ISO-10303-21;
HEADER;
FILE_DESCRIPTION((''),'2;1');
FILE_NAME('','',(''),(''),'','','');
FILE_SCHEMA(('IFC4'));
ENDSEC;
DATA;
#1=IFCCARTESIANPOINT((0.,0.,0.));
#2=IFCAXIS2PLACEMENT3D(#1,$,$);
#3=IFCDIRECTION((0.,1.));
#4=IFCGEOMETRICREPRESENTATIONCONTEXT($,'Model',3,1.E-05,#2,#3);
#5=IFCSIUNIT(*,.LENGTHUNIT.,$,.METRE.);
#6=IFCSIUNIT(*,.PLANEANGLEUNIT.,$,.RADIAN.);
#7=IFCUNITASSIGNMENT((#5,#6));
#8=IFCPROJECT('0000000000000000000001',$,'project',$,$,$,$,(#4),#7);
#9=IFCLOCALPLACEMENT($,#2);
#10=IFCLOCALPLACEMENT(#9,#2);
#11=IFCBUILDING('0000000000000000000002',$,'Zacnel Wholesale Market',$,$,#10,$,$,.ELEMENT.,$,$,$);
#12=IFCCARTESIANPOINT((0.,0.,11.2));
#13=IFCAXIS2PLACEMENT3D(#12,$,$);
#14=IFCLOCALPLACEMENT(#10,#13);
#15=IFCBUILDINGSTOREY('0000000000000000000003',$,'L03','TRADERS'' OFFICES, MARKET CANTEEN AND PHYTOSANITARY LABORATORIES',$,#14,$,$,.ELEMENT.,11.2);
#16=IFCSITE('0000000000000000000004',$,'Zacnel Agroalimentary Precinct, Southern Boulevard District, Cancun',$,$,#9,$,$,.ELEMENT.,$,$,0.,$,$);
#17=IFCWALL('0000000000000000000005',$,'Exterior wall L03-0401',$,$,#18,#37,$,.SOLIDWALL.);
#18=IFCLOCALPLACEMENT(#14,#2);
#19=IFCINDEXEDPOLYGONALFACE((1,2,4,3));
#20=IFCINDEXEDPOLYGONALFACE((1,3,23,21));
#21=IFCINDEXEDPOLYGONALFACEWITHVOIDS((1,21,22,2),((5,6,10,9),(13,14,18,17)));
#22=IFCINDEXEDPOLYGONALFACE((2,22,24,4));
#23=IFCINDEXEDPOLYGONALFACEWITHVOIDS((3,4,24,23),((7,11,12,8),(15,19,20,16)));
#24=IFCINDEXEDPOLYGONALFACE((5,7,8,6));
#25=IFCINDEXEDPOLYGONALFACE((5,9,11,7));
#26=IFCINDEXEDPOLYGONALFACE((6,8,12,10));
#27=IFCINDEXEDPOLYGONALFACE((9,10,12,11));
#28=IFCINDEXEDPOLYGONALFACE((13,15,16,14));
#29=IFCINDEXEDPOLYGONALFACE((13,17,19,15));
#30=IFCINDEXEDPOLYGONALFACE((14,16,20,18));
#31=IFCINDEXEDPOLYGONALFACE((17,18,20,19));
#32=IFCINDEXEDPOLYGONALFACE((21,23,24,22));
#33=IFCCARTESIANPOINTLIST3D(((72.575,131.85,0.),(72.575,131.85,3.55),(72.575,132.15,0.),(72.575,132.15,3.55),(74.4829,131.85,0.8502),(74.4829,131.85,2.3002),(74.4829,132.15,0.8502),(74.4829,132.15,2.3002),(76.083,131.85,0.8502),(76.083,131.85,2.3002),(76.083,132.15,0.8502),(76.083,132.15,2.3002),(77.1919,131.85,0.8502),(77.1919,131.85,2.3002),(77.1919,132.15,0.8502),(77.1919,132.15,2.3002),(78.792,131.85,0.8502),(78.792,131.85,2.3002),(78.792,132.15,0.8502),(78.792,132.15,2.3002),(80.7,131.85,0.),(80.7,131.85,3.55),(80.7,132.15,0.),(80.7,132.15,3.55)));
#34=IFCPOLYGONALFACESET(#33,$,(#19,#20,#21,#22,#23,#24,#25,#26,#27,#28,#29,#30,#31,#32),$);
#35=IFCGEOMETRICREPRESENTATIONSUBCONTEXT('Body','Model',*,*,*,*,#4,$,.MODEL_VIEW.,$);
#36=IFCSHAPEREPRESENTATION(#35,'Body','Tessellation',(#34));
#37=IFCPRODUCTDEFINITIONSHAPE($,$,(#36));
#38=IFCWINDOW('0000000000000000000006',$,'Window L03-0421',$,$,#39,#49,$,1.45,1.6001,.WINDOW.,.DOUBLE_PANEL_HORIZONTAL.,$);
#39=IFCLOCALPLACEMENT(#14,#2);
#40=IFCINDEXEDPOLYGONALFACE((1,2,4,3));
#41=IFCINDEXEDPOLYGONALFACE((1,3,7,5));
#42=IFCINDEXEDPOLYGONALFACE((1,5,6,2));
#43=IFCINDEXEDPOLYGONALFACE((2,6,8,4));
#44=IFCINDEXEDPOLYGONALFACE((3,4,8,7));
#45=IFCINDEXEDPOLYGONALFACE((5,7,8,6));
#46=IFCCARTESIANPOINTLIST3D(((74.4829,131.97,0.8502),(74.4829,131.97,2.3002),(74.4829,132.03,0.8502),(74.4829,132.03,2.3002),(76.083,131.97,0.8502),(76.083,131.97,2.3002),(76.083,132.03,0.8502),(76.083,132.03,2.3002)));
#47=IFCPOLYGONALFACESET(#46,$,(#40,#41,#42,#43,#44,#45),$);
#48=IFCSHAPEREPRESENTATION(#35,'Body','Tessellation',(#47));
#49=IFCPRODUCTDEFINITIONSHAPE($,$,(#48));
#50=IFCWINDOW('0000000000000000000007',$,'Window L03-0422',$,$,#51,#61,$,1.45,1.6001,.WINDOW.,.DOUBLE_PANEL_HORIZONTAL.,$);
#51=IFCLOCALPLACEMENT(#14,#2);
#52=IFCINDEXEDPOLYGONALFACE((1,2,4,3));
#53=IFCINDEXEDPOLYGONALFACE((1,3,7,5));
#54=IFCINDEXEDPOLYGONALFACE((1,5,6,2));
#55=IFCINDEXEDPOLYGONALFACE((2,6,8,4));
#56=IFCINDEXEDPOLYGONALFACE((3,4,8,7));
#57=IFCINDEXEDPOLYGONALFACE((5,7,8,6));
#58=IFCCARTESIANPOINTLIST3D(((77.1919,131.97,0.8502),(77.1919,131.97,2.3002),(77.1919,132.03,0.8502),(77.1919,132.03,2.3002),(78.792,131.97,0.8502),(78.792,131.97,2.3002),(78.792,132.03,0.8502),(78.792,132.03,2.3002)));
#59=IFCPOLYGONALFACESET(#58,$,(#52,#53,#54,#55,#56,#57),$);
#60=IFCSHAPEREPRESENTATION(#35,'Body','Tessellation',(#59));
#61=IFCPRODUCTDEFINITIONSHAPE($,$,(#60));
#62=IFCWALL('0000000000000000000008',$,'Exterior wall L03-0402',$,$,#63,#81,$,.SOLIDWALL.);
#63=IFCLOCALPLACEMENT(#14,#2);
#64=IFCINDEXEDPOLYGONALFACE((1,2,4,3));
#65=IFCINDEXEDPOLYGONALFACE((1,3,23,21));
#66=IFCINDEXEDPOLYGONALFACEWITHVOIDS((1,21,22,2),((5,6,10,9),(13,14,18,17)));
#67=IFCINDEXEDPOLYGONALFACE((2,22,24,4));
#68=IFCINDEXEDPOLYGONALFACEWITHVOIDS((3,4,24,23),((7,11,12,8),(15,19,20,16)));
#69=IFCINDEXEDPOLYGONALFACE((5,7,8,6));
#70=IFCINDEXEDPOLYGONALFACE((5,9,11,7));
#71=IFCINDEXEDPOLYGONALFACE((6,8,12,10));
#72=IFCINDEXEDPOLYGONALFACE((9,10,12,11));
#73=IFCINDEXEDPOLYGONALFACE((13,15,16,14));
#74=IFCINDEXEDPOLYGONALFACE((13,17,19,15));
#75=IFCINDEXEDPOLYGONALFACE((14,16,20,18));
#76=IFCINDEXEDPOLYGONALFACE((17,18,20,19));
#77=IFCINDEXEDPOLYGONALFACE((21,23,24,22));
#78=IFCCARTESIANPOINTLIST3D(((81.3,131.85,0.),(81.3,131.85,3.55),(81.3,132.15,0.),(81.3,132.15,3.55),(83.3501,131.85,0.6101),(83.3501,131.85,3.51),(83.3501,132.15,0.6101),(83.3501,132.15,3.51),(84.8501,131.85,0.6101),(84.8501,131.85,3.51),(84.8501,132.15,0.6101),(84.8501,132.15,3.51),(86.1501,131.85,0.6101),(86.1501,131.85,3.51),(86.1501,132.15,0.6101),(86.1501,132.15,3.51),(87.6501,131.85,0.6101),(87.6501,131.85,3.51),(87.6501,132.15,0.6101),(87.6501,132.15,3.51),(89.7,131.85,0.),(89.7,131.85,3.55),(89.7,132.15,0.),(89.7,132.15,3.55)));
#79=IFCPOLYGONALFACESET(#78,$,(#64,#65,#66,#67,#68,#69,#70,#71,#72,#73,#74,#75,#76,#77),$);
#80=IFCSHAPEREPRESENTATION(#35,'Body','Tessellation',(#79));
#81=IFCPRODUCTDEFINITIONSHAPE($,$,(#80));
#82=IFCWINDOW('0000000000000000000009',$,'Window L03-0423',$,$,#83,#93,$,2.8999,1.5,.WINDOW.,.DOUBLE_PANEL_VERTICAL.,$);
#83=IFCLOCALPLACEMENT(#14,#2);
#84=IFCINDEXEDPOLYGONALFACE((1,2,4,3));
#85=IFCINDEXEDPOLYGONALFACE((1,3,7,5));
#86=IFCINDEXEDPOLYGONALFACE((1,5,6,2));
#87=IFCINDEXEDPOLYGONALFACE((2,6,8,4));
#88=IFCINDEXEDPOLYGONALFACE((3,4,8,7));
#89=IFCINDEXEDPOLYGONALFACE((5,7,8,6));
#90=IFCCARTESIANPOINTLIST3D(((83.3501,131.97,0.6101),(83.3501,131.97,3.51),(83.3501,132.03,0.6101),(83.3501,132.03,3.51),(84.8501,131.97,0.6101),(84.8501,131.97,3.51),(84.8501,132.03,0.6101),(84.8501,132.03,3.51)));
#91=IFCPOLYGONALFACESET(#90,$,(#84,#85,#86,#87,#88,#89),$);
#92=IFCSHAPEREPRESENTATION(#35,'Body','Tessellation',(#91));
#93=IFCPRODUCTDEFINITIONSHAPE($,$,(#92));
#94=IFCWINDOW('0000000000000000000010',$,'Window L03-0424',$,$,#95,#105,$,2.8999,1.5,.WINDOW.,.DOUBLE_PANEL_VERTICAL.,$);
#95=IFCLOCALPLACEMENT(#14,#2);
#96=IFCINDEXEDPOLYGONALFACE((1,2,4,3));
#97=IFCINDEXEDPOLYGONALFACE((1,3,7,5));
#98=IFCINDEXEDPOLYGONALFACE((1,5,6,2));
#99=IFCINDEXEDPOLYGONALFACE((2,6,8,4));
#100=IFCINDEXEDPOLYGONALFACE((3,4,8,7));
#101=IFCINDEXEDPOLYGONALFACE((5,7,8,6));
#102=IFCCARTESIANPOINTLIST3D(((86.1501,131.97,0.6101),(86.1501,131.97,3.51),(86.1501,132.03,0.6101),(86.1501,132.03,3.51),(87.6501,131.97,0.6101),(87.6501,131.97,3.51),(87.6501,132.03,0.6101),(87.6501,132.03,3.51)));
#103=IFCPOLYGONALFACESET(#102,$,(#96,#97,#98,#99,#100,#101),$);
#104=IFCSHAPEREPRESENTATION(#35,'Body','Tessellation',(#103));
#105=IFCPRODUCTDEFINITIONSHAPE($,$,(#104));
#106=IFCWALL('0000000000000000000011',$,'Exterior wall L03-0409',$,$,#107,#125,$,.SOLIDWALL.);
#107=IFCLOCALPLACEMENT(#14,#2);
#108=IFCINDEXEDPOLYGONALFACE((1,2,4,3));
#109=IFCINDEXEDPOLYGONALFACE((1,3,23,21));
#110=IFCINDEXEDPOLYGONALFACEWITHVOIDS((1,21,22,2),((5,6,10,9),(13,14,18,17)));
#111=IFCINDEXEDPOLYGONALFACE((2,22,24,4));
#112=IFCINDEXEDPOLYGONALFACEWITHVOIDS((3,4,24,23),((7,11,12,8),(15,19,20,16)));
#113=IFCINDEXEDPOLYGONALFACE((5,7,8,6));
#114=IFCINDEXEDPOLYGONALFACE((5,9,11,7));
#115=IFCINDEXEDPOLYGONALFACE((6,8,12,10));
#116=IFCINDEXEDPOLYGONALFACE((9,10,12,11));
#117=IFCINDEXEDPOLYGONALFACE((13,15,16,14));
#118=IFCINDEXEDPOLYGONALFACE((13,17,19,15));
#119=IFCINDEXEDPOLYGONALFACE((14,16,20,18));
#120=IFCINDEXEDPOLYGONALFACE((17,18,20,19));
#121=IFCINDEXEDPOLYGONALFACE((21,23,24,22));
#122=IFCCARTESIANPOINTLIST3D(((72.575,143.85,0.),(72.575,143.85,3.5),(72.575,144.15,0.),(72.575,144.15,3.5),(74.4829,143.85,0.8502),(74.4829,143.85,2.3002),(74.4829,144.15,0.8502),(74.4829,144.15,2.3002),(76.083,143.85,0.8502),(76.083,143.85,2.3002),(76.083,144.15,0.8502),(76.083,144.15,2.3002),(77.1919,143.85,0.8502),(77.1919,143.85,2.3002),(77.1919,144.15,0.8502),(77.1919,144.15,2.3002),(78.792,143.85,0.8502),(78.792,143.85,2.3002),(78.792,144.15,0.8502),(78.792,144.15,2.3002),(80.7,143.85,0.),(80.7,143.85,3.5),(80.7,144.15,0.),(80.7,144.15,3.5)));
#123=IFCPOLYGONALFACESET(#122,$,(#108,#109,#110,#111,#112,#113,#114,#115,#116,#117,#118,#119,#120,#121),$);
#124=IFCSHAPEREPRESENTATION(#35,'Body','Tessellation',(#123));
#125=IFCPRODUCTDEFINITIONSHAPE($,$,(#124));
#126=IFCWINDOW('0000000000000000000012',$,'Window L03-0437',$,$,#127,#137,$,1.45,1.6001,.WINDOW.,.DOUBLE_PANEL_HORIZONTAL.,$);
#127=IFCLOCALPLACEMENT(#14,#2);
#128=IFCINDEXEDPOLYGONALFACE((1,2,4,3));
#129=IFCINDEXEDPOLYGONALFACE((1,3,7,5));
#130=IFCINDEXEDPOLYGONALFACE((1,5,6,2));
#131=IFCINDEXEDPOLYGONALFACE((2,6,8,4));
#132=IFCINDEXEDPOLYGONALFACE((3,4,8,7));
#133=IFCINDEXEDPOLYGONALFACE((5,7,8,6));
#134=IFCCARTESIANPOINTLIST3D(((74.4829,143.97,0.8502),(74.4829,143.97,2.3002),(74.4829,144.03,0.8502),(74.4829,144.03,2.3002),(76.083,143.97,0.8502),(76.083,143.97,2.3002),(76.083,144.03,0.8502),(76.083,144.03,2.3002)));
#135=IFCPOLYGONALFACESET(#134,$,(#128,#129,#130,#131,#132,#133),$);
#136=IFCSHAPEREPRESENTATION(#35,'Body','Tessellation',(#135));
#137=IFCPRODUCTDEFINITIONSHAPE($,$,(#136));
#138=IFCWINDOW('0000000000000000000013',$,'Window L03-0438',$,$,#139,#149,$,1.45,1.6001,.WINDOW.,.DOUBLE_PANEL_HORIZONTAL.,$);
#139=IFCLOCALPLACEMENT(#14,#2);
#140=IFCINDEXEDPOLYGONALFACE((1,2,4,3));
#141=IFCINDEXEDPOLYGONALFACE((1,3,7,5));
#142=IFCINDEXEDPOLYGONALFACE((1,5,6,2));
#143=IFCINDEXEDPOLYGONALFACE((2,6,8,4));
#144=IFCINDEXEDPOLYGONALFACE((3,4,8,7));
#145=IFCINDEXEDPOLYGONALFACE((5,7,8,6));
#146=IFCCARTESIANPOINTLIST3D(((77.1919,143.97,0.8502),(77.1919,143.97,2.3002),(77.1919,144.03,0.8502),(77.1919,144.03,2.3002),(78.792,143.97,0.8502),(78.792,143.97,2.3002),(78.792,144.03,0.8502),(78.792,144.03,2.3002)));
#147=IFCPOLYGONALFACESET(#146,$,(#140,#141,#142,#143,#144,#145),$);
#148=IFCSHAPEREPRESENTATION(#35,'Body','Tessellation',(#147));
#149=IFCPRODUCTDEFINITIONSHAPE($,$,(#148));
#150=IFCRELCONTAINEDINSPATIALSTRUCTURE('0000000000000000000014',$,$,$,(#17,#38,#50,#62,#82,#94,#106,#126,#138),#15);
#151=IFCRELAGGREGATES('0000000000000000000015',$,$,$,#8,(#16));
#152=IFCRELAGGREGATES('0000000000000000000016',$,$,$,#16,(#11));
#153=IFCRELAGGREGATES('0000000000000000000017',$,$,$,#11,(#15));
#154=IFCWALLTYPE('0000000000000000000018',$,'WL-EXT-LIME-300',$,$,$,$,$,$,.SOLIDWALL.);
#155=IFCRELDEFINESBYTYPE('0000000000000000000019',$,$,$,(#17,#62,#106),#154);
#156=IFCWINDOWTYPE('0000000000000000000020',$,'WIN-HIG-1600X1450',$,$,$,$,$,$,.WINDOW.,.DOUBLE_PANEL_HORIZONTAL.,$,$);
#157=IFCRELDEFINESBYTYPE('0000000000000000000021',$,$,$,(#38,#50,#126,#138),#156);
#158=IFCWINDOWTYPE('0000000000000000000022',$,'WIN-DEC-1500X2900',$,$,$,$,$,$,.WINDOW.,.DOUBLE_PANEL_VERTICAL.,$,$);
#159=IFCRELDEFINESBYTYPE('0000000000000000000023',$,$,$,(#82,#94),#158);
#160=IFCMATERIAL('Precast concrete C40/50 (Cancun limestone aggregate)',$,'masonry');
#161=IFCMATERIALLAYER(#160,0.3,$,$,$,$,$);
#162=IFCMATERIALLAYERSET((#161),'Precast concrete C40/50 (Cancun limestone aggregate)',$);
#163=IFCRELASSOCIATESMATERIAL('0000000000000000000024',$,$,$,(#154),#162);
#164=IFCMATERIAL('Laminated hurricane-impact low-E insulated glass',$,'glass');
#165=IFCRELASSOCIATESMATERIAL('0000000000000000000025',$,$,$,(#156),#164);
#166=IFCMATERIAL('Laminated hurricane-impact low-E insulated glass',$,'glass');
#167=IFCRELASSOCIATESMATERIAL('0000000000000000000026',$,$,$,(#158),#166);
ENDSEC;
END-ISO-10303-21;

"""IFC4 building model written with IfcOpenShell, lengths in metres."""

from ifc_helpers import new_model, si_unit, direction, frame, frame_2d, origin, place, context, subcontext, project, spatial, rectangle, extrude, material, layer, layer_set, type_object, element, fill, save


model = new_model("IFC4")

# Units and contexts
model_context = context("Model", 3, precision=1e-05, world=origin(), true_north=direction((0.0, 1.0)))
body_context = subcontext(model_context, "Body", "Model", "MODEL_VIEW")
ifc_project = project(units=[si_unit("LENGTHUNIT", "METRE"), si_unit("PLANEANGLEUNIT", "RADIAN")], contexts=[model_context])

# Site, building, storey
site_placement = place(None, origin())
site = spatial("IfcSite", under=ifc_project, at=site_placement, Name="Zacnel Agroalimentary Precinct, Southern Boulevard District, Cancun", CompositionType="ELEMENT", RefElevation=0.0)
building_placement = place(site_placement, origin())
building = spatial("IfcBuilding", under=site, at=building_placement, Name="Zacnel Wholesale Market", CompositionType="ELEMENT")
storey_placement = place(building_placement, frame((0.0, 0.0, 11.2)))
storey = spatial("IfcBuildingStorey", under=building, at=storey_placement, Name="L03", Description="TRADERS' OFFICES, MARKET CANTEEN AND PHYTOSANITARY LABORATORIES", CompositionType="ELEMENT", Elevation=11.2)

# Walls, openings, windows
ifc_material_1 = material(Name="Precast concrete C40/50 (Cancun limestone aggregate)", Category="masonry")
ifc_layer_1 = layer(ifc_material_1, 0.3)
ifc_layer_set_1 = layer_set([ifc_layer_1], Name="Precast concrete C40/50 (Cancun limestone aggregate)")
wall_type = type_object("IfcWallType", Name="WL-EXT-LIME-300", PredefinedType="SOLIDWALL", material=ifc_layer_set_1)
wall_1_placement = place(storey_placement, frame((72.575, 132.0, 0.0), z_axis=(0.0, 0.0, 1.0), x_axis=(1.0, 0.0, 0.0)))
wall_1 = element("IfcWall", 1, at=wall_1_placement, inside=storey, type_object=wall_type, Name="Exterior wall L03-0401", PredefinedType="SOLIDWALL", context=body_context, shape_type="SweptSolid", body=[
    extrude(rectangle(XDim=8.125, YDim=0.3, at=frame_2d((4.0625, 0.0))), origin(), (0.0, 0.0, 1.0), 3.55),
])
opening_1_placement = place(wall_1_placement, frame((1.908, 0.0, 0.8501)))
opening_1 = element("IfcOpeningElement", 2, at=opening_1_placement, cuts=wall_1, PredefinedType="OPENING", context=body_context, shape_type="SweptSolid", body=[
    extrude(rectangle(XDim=1.6001, YDim=1.45, at=frame_2d((0.8, 0.7251))), frame((0.0, 0.1599, 0.0), z_axis=(0.0, -1.0, 0.0), x_axis=(1.0, 0.0, 0.0)), (0.0, 0.0, 1.0), 0.3201),
])
opening_2_placement = place(wall_1_placement, frame((4.6169, 0.0, 0.8501)))
opening_2 = element("IfcOpeningElement", 3, at=opening_2_placement, cuts=wall_1, PredefinedType="OPENING", context=body_context, shape_type="SweptSolid", body=[
    extrude(rectangle(XDim=1.6001, YDim=1.45, at=frame_2d((0.8, 0.7251))), frame((0.0, 0.1599, 0.0), z_axis=(0.0, -1.0, 0.0), x_axis=(1.0, 0.0, 0.0)), (0.0, 0.0, 1.0), 0.3201),
])
ifc_material_2 = material(Name="Laminated hurricane-impact low-E insulated glass", Category="glass")
window_type_1 = type_object("IfcWindowType", Name="WIN-HIG-1600X1450", PartitioningType="DOUBLE_PANEL_HORIZONTAL", PredefinedType="WINDOW", material=ifc_material_2)
window_1_placement = place(opening_1_placement, origin())
window_1 = element("IfcWindow", 4, at=window_1_placement, inside=storey, type_object=window_type_1, Name="Window L03-0421", OverallHeight=1.45, OverallWidth=1.6001, PartitioningType="DOUBLE_PANEL_HORIZONTAL", PredefinedType="WINDOW", context=body_context, shape_type="SweptSolid", body=[
    extrude(rectangle(XDim=1.6001, YDim=1.45, at=frame_2d((0.8, 0.7251))), frame((0.0, 0.03, 0.0), z_axis=(0.0, -1.0, 0.0), x_axis=(1.0, 0.0, 0.0)), (0.0, 0.0, 1.0), 0.0601),
])
fill(opening_1, window_1)
window_2_placement = place(opening_2_placement, origin())
window_2 = element("IfcWindow", 5, at=window_2_placement, inside=storey, type_object=window_type_1, Name="Window L03-0422", OverallHeight=1.45, OverallWidth=1.6001, PartitioningType="DOUBLE_PANEL_HORIZONTAL", PredefinedType="WINDOW", context=body_context, shape_type="SweptSolid", body=[
    extrude(rectangle(XDim=1.6001, YDim=1.45, at=frame_2d((0.8, 0.7251))), frame((0.0, 0.03, 0.0), z_axis=(0.0, -1.0, 0.0), x_axis=(1.0, 0.0, 0.0)), (0.0, 0.0, 1.0), 0.0601),
])
fill(opening_2, window_2)
wall_2_placement = place(storey_placement, frame((81.3, 132.0, 0.0), z_axis=(0.0, 0.0, 1.0), x_axis=(1.0, 0.0, 0.0)))
wall_2 = element("IfcWall", 6, at=wall_2_placement, inside=storey, type_object=wall_type, Name="Exterior wall L03-0402", PredefinedType="SOLIDWALL", context=body_context, shape_type="SweptSolid", body=[
    extrude(rectangle(XDim=8.3999, YDim=0.3, at=frame_2d((4.2, 0.0))), origin(), (0.0, 0.0, 1.0), 3.55),
])
opening_3_placement = place(wall_2_placement, frame((2.05, 0.0, 0.6101)))
opening_3 = element("IfcOpeningElement", 7, at=opening_3_placement, cuts=wall_2, PredefinedType="OPENING", context=body_context, shape_type="SweptSolid", body=[
    extrude(rectangle(XDim=1.5, YDim=2.8999, at=frame_2d((0.75, 1.45))), frame((0.0, 0.1599, 0.0), z_axis=(0.0, -1.0, 0.0), x_axis=(1.0, 0.0, 0.0)), (0.0, 0.0, 1.0), 0.3201),
])
opening_4_placement = place(wall_2_placement, frame((4.8501, 0.0, 0.6101)))
opening_4 = element("IfcOpeningElement", 8, at=opening_4_placement, cuts=wall_2, PredefinedType="OPENING", context=body_context, shape_type="SweptSolid", body=[
    extrude(rectangle(XDim=1.5, YDim=2.8999, at=frame_2d((0.75, 1.45))), frame((0.0, 0.1599, 0.0), z_axis=(0.0, -1.0, 0.0), x_axis=(1.0, 0.0, 0.0)), (0.0, 0.0, 1.0), 0.3201),
])
ifc_material_3 = material(Name="Laminated hurricane-impact low-E insulated glass", Category="glass")
window_type_2 = type_object("IfcWindowType", Name="WIN-DEC-1500X2900", PartitioningType="DOUBLE_PANEL_VERTICAL", PredefinedType="WINDOW", material=ifc_material_3)
window_3_placement = place(opening_3_placement, origin())
window_3 = element("IfcWindow", 9, at=window_3_placement, inside=storey, type_object=window_type_2, Name="Window L03-0423", OverallHeight=2.8999, OverallWidth=1.5, PartitioningType="DOUBLE_PANEL_VERTICAL", PredefinedType="WINDOW", context=body_context, shape_type="SweptSolid", body=[
    extrude(rectangle(XDim=1.5, YDim=2.8999, at=frame_2d((0.75, 1.45))), frame((0.0, 0.03, 0.0), z_axis=(0.0, -1.0, 0.0), x_axis=(1.0, 0.0, 0.0)), (0.0, 0.0, 1.0), 0.0601),
])
fill(opening_3, window_3)
window_4_placement = place(opening_4_placement, origin())
window_4 = element("IfcWindow", 10, at=window_4_placement, inside=storey, type_object=window_type_2, Name="Window L03-0424", OverallHeight=2.8999, OverallWidth=1.5, PartitioningType="DOUBLE_PANEL_VERTICAL", PredefinedType="WINDOW", context=body_context, shape_type="SweptSolid", body=[
    extrude(rectangle(XDim=1.5, YDim=2.8999, at=frame_2d((0.75, 1.45))), frame((0.0, 0.03, 0.0), z_axis=(0.0, -1.0, 0.0), x_axis=(1.0, 0.0, 0.0)), (0.0, 0.0, 1.0), 0.0601),
])
fill(opening_4, window_4)
wall_3_placement = place(storey_placement, frame((72.575, 144.0, 0.0), z_axis=(0.0, 0.0, 1.0), x_axis=(1.0, 0.0, 0.0)))
wall_3 = element("IfcWall", 11, at=wall_3_placement, inside=storey, type_object=wall_type, Name="Exterior wall L03-0409", PredefinedType="SOLIDWALL", context=body_context, shape_type="SweptSolid", body=[
    extrude(rectangle(XDim=8.125, YDim=0.3, at=frame_2d((4.0625, 0.0))), origin(), (0.0, 0.0, 1.0), 3.5),
])
opening_5_placement = place(wall_3_placement, frame((1.908, 0.0, 0.8501)))
opening_5 = element("IfcOpeningElement", 12, at=opening_5_placement, cuts=wall_3, PredefinedType="OPENING", context=body_context, shape_type="SweptSolid", body=[
    extrude(rectangle(XDim=1.6001, YDim=1.45, at=frame_2d((0.8, 0.7251))), frame((0.0, 0.1599, 0.0), z_axis=(0.0, -1.0, 0.0), x_axis=(1.0, 0.0, 0.0)), (0.0, 0.0, 1.0), 0.3201),
])
opening_6_placement = place(wall_3_placement, frame((4.6169, 0.0, 0.8501)))
opening_6 = element("IfcOpeningElement", 13, at=opening_6_placement, cuts=wall_3, PredefinedType="OPENING", context=body_context, shape_type="SweptSolid", body=[
    extrude(rectangle(XDim=1.6001, YDim=1.45, at=frame_2d((0.8, 0.7251))), frame((0.0, 0.1599, 0.0), z_axis=(0.0, -1.0, 0.0), x_axis=(1.0, 0.0, 0.0)), (0.0, 0.0, 1.0), 0.3201),
])
window_5_placement = place(opening_5_placement, origin())
window_5 = element("IfcWindow", 14, at=window_5_placement, inside=storey, type_object=window_type_1, Name="Window L03-0437", OverallHeight=1.45, OverallWidth=1.6001, PartitioningType="DOUBLE_PANEL_HORIZONTAL", PredefinedType="WINDOW", context=body_context, shape_type="SweptSolid", body=[
    extrude(rectangle(XDim=1.6001, YDim=1.45, at=frame_2d((0.8, 0.7251))), frame((0.0, 0.03, 0.0), z_axis=(0.0, -1.0, 0.0), x_axis=(1.0, 0.0, 0.0)), (0.0, 0.0, 1.0), 0.0601),
])
fill(opening_5, window_5)
window_6_placement = place(opening_6_placement, origin())
window_6 = element("IfcWindow", 15, at=window_6_placement, inside=storey, type_object=window_type_1, Name="Window L03-0438", OverallHeight=1.45, OverallWidth=1.6001, PartitioningType="DOUBLE_PANEL_HORIZONTAL", PredefinedType="WINDOW", context=body_context, shape_type="SweptSolid", body=[
    extrude(rectangle(XDim=1.6001, YDim=1.45, at=frame_2d((0.8, 0.7251))), frame((0.0, 0.03, 0.0), z_axis=(0.0, -1.0, 0.0), x_axis=(1.0, 0.0, 0.0)), (0.0, 0.0, 1.0), 0.0601),
])
fill(opening_6, window_6)

save(model, "model.ifc")
